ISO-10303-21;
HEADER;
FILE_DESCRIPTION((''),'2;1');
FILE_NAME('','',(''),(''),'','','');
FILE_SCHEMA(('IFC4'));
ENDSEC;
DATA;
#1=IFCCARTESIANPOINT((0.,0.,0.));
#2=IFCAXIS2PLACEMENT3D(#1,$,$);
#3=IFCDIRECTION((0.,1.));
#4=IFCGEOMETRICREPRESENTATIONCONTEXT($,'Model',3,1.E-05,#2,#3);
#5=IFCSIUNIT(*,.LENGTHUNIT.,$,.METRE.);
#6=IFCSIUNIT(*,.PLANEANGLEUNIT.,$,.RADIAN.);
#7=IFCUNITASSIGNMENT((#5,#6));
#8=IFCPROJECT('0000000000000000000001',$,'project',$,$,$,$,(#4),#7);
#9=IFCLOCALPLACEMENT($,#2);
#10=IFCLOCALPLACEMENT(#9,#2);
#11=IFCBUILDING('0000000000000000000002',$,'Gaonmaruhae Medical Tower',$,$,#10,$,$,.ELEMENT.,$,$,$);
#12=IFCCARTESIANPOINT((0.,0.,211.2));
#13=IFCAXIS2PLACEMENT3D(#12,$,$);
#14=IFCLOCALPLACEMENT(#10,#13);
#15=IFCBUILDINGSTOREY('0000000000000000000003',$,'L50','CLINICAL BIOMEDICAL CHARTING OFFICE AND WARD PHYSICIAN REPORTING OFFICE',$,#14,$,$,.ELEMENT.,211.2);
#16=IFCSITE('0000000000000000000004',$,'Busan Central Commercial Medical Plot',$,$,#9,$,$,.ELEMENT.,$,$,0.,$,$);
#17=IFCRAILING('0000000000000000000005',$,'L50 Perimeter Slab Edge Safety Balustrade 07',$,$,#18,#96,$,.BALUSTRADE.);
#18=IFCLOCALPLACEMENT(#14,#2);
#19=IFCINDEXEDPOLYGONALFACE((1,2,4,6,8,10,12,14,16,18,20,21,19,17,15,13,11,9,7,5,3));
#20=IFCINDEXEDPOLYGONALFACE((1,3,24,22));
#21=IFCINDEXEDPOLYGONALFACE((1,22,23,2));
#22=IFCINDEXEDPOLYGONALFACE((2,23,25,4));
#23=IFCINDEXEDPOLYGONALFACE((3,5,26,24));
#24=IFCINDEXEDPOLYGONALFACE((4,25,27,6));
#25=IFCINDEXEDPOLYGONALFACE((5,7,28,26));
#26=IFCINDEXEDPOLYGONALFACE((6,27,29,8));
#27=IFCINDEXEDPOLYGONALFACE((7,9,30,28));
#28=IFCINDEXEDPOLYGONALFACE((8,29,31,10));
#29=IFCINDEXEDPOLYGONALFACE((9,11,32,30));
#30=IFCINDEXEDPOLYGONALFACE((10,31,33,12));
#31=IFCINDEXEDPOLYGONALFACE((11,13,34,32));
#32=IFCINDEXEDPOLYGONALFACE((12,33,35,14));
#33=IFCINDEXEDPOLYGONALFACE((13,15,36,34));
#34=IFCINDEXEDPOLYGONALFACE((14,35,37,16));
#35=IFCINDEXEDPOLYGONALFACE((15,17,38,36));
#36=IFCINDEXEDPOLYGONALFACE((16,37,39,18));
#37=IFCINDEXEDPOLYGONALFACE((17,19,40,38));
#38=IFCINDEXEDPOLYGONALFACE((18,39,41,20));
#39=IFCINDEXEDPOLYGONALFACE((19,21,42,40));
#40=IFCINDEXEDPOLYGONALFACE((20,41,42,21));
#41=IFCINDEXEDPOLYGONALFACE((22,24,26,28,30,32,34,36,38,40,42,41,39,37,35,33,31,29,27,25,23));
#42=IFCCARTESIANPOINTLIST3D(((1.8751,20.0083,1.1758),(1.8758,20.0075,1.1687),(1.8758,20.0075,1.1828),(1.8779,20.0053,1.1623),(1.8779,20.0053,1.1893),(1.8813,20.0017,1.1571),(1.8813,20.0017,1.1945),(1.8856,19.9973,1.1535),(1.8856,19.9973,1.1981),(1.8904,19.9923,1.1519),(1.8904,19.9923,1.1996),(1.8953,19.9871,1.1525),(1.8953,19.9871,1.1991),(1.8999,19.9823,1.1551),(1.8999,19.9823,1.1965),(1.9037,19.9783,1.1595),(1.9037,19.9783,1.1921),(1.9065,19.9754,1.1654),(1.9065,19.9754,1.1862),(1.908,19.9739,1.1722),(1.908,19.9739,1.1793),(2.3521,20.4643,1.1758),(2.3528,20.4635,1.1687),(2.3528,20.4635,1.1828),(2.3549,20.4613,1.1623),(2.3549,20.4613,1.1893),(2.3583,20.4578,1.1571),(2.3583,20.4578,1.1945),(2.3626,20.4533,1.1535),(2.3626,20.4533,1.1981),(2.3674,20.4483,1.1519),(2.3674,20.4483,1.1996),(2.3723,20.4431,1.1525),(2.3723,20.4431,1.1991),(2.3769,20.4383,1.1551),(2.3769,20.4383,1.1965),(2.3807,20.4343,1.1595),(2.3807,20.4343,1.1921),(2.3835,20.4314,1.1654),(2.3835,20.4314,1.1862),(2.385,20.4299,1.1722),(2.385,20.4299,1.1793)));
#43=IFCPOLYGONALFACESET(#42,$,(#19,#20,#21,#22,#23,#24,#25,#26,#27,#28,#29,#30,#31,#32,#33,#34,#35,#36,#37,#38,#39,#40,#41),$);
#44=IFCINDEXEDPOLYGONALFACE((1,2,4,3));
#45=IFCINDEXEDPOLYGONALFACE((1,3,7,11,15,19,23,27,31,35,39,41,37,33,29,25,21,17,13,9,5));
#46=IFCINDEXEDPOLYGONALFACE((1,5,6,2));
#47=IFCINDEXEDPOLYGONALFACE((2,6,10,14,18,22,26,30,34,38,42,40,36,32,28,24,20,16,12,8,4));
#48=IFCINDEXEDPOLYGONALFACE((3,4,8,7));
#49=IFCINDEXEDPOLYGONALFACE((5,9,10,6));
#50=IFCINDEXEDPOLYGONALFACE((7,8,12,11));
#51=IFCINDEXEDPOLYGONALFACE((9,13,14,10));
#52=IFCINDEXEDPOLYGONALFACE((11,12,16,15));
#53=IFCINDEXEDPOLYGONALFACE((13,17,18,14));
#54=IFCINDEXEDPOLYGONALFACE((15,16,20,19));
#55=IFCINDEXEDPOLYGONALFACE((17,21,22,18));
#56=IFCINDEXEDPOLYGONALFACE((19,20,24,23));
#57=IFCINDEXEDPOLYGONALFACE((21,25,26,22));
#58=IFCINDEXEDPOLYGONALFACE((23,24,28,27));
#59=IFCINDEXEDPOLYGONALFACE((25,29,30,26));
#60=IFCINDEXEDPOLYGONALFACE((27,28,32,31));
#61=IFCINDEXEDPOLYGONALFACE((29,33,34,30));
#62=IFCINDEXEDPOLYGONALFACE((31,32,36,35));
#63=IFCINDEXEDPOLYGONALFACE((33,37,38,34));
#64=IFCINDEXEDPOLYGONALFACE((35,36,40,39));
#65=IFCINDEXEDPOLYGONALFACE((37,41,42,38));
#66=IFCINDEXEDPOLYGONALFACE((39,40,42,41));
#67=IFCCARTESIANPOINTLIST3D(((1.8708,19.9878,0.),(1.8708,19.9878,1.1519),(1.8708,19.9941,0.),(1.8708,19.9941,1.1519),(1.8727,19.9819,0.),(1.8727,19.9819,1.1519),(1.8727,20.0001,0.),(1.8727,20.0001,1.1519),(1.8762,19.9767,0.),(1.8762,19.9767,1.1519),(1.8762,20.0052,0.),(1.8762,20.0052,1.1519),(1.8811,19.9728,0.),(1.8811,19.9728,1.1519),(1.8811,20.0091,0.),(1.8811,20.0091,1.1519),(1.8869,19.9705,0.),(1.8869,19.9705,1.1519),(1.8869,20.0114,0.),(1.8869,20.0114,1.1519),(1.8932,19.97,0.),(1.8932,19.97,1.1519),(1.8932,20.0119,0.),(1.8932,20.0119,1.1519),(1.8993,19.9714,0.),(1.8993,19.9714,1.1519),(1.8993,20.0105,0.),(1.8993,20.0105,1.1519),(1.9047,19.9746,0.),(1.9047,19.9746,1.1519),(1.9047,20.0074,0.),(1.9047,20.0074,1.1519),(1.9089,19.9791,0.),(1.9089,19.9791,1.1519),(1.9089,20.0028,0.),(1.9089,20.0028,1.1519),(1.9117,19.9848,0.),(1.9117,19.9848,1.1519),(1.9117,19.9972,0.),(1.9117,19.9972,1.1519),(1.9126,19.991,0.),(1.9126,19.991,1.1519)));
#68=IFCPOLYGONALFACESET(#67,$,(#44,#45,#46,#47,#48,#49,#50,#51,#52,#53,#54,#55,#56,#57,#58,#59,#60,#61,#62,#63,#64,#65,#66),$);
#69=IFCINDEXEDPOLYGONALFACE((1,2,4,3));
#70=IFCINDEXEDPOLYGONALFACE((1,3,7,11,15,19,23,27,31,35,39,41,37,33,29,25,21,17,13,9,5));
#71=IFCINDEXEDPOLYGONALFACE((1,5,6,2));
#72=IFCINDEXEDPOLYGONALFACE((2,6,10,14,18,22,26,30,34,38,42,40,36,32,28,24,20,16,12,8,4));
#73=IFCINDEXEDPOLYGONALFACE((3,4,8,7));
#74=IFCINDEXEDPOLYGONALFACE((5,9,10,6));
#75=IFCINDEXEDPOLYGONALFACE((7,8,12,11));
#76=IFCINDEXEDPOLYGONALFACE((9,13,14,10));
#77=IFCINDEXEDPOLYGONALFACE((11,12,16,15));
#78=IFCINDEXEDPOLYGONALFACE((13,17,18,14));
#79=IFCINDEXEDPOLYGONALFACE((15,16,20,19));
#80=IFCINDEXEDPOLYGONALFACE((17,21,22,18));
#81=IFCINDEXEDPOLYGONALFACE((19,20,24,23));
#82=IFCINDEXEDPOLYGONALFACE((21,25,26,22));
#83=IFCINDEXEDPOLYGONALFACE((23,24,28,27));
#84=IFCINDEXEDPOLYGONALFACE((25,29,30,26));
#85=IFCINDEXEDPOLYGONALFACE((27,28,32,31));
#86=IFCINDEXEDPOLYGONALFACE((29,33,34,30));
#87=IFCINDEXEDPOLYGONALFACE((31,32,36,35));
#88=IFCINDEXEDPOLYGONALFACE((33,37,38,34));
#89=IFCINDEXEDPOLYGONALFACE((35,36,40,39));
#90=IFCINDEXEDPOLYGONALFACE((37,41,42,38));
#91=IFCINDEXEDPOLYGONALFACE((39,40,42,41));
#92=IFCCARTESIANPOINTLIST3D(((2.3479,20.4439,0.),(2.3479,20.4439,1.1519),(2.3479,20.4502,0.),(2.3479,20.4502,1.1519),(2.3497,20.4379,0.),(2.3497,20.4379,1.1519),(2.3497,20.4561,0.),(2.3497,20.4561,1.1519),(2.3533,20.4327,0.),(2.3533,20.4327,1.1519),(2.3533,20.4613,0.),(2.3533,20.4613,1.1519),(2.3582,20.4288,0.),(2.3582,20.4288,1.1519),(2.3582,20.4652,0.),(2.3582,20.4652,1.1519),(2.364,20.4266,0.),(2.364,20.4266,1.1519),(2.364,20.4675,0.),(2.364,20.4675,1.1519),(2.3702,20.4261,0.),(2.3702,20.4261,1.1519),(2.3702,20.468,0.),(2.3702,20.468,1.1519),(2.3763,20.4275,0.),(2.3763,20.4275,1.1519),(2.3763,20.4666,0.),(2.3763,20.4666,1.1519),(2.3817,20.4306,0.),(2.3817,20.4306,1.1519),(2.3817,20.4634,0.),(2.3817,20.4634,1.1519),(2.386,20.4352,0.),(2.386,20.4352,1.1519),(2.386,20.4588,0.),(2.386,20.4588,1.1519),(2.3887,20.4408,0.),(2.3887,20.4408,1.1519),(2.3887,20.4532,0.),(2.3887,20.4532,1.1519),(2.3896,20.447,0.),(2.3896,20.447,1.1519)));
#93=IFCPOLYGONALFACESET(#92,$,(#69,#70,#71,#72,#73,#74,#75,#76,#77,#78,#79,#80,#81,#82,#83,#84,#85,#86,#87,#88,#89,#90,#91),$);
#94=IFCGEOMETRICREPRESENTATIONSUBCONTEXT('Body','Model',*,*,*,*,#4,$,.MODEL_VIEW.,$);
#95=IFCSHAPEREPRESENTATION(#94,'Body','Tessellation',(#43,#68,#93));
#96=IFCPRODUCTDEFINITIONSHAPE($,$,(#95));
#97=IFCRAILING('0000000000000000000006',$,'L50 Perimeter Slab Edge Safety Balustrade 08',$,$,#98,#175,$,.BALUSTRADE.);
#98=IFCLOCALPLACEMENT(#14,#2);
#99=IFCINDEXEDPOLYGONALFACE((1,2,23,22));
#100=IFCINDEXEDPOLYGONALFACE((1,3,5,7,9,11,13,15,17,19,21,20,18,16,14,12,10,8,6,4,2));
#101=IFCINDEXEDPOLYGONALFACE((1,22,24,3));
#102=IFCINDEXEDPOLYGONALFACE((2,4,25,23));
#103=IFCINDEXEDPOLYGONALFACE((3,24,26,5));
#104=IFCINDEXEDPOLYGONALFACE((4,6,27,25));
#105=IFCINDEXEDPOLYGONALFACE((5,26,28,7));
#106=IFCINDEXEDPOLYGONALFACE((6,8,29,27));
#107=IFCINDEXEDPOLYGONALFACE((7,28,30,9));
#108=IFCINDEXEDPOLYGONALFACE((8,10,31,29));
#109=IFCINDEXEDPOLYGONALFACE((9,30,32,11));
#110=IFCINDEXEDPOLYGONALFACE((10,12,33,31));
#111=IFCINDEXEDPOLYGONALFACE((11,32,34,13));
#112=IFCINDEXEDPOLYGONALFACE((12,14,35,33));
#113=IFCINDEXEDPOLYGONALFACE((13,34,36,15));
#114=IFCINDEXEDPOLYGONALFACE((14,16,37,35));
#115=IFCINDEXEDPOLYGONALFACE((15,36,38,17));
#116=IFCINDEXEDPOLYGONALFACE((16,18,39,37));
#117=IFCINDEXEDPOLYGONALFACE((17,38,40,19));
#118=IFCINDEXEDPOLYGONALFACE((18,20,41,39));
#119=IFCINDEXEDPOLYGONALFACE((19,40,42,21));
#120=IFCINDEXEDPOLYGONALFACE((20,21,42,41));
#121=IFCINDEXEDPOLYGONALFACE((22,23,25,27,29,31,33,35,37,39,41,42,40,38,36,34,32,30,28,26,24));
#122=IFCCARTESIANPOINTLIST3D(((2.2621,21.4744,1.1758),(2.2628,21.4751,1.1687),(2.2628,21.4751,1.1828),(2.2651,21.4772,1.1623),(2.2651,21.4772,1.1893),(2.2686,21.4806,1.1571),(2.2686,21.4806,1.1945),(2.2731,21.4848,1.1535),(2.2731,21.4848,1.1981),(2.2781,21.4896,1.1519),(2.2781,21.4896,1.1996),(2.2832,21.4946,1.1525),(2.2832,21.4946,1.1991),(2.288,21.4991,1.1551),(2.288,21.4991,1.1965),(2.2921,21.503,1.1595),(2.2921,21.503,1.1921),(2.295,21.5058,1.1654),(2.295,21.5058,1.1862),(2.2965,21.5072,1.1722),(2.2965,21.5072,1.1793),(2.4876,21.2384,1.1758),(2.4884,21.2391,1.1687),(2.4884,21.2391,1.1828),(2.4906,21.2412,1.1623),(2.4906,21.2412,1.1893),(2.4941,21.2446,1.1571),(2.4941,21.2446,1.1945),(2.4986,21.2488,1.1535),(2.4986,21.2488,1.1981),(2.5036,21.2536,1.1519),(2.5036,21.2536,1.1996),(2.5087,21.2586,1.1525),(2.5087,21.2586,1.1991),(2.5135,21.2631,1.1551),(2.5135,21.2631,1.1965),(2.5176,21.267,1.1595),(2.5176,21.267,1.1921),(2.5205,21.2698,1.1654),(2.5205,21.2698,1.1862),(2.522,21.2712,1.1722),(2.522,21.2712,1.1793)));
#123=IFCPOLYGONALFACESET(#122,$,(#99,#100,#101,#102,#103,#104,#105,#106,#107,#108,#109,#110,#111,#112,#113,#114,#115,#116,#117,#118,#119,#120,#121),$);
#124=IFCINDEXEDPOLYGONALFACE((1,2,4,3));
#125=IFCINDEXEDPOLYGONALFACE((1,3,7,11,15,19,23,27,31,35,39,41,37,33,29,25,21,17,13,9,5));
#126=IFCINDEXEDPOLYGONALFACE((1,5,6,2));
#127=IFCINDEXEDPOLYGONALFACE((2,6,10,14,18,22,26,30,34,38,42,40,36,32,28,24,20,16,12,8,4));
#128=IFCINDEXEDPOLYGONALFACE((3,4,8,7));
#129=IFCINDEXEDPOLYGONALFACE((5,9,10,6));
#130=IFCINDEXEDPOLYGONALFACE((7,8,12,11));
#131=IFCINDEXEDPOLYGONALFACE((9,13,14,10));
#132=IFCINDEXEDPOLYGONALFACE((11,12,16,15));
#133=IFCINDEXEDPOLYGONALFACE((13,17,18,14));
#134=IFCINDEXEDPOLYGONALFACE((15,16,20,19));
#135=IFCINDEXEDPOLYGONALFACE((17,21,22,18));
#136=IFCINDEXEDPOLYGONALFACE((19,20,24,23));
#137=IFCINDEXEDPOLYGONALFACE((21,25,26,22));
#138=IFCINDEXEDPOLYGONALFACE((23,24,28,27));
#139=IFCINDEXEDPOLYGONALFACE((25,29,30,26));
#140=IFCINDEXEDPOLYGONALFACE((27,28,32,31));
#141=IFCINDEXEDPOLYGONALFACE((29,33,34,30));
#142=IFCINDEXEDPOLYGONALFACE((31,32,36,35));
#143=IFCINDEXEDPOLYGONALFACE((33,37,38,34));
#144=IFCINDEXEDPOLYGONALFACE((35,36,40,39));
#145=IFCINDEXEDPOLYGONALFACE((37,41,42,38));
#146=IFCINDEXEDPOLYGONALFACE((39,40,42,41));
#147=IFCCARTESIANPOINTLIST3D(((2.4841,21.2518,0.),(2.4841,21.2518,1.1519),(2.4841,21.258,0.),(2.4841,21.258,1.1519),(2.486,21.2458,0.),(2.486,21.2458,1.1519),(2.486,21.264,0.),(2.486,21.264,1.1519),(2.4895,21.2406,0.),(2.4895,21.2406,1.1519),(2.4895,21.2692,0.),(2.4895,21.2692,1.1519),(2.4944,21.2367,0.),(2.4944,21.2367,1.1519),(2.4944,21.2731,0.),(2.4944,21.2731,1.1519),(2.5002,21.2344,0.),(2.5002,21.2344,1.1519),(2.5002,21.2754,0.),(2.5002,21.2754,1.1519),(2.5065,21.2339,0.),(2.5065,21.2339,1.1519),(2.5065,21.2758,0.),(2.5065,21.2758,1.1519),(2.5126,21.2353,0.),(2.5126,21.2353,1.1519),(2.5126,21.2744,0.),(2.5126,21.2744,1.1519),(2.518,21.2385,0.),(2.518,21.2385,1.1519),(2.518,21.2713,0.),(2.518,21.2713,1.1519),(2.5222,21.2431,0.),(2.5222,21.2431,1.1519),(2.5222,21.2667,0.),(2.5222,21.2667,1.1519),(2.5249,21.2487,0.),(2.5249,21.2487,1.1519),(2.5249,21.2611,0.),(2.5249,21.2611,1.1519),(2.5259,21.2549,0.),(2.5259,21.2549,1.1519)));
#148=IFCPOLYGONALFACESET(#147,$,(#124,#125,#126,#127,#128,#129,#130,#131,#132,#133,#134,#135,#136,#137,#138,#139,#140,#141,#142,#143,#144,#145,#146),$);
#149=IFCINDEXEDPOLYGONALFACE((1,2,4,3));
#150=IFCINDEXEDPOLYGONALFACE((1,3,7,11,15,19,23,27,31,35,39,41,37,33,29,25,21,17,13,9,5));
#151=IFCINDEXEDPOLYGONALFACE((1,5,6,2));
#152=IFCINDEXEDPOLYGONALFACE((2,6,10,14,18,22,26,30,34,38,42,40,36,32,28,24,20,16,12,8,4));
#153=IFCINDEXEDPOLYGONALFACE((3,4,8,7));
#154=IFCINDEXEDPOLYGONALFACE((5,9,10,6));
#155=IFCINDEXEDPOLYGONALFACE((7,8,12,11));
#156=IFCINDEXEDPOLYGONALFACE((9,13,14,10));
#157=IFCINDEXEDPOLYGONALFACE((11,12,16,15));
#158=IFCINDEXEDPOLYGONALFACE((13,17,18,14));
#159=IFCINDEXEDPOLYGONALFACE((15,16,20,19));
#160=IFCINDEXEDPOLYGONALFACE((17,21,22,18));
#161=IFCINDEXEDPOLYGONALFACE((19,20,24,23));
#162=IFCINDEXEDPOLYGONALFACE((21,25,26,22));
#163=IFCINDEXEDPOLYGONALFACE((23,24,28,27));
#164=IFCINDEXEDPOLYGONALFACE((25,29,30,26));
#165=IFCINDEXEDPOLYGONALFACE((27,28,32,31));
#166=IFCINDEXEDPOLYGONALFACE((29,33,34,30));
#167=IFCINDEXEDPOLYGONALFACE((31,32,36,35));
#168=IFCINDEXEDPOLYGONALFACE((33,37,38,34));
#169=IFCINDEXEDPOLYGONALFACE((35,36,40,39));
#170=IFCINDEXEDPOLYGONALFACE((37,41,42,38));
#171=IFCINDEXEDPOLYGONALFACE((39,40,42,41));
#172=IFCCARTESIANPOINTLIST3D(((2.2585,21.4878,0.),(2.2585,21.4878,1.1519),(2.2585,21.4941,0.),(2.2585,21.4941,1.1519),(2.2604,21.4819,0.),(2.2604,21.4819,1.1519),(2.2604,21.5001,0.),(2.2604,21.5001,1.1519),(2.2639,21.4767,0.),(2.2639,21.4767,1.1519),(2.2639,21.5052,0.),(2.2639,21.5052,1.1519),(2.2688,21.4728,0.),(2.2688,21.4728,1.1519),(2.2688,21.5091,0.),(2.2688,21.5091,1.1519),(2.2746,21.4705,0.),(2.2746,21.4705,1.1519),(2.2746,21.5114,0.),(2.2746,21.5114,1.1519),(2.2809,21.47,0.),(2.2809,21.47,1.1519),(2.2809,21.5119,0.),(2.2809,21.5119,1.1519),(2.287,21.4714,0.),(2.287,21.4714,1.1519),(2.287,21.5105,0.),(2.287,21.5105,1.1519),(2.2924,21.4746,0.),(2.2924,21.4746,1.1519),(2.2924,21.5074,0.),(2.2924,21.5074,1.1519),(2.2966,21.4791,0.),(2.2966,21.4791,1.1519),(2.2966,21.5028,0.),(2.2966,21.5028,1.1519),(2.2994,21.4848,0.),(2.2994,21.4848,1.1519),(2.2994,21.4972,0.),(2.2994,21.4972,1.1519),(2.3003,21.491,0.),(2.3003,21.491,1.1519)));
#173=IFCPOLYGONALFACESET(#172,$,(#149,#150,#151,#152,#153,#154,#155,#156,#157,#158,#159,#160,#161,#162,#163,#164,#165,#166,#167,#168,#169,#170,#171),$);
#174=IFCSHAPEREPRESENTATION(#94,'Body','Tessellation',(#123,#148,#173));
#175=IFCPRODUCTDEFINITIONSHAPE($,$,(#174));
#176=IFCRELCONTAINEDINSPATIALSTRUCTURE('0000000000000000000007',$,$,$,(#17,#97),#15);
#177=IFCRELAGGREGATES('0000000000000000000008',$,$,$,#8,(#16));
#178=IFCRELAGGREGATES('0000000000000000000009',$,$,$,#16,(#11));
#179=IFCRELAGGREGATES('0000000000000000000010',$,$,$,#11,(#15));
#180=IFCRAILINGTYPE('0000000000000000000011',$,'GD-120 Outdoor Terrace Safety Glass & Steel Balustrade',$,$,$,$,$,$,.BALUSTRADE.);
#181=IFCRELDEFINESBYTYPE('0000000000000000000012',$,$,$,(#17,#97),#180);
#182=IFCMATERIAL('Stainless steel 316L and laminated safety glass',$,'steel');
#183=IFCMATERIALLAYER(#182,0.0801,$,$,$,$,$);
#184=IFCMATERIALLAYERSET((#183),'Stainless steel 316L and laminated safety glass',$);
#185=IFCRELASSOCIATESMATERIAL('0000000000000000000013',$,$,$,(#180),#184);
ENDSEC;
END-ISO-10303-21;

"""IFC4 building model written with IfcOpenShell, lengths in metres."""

from ifc_helpers import new_model, si_unit, direction, frame, origin, origin_2d, place, context, subcontext, project, spatial, circle, extrude, material, layer, layer_set, type_object, element, save


model = new_model("IFC4")

# Units and contexts
model_context = context("Model", 3, precision=1e-05, world=origin(), true_north=direction((0.0, 1.0)))
body_context = subcontext(model_context, "Body", "Model", "MODEL_VIEW")
ifc_project = project(units=[si_unit("LENGTHUNIT", "METRE"), si_unit("PLANEANGLEUNIT", "RADIAN")], contexts=[model_context])

# Site, building, storey
site_placement = place(None, origin())
site = spatial("IfcSite", under=ifc_project, at=site_placement, Name="Busan Central Commercial Medical Plot", CompositionType="ELEMENT", RefElevation=0.0)
building_placement = place(site_placement, origin())
building = spatial("IfcBuilding", under=site, at=building_placement, Name="Gaonmaruhae Medical Tower", CompositionType="ELEMENT")
storey_placement = place(building_placement, frame((0.0, 0.0, 211.2)))
storey = spatial("IfcBuildingStorey", under=building, at=storey_placement, Name="L50", Description="CLINICAL BIOMEDICAL CHARTING OFFICE AND WARD PHYSICIAN REPORTING OFFICE", CompositionType="ELEMENT", Elevation=211.2)

# Railings
ifc_material_1 = material(Name="Stainless steel 316L and laminated safety glass", Category="steel")
ifc_layer_1 = layer(ifc_material_1, 0.0801)
ifc_layer_set_1 = layer_set([ifc_layer_1], Name="Stainless steel 316L and laminated safety glass")
railing_type = type_object("IfcRailingType", Name="GD-120 Outdoor Terrace Safety Glass & Steel Balustrade", PredefinedType="BALUSTRADE", material=ifc_layer_set_1)
railing_1_placement = place(storey_placement, frame((1.8916, 19.991, 0.0)))
element("IfcRailing", 1, at=railing_1_placement, inside=storey, type_object=railing_type, Name="L50 Perimeter Slab Edge Safety Balustrade 07", PredefinedType="BALUSTRADE", context=body_context, shape_type="SweptSolid", body=[
    extrude(circle(Radius=0.0239, at=origin_2d()), frame((0.0, 0.0, 1.1758), z_axis=(0.722835, 0.691021, 0.0), x_axis=(-0.691021, 0.722835, 0.0)), (0.0, 0.0, 1.0), 0.6599),
    extrude(circle(Radius=0.021, at=origin_2d()), origin(), (0.0, 0.0, 1.0), 1.1519),
    extrude(circle(Radius=0.021, at=origin_2d()), frame((0.4771, 0.4561, 0.0)), (0.0, 0.0, 1.0), 1.1519),
])
railing_2_placement = place(storey_placement, frame((2.5049, 21.2549, 0.0)))
element("IfcRailing", 2, at=railing_2_placement, inside=storey, type_object=railing_type, Name="L50 Perimeter Slab Edge Safety Balustrade 08", PredefinedType="BALUSTRADE", context=body_context, shape_type="SweptSolid", body=[
    extrude(circle(Radius=0.0239, at=origin_2d()), frame((0.0, 0.0, 1.1758), z_axis=(-0.690849, 0.722999, 0.0), x_axis=(-0.722999, -0.690849, 0.0)), (0.0, 0.0, 1.0), 0.3264),
    extrude(circle(Radius=0.021, at=origin_2d()), origin(), (0.0, 0.0, 1.0), 1.1519),
    extrude(circle(Radius=0.021, at=origin_2d()), frame((-0.2256, 0.2361, 0.0)), (0.0, 0.0, 1.0), 1.1519),
])

save(model, "model.ifc")
